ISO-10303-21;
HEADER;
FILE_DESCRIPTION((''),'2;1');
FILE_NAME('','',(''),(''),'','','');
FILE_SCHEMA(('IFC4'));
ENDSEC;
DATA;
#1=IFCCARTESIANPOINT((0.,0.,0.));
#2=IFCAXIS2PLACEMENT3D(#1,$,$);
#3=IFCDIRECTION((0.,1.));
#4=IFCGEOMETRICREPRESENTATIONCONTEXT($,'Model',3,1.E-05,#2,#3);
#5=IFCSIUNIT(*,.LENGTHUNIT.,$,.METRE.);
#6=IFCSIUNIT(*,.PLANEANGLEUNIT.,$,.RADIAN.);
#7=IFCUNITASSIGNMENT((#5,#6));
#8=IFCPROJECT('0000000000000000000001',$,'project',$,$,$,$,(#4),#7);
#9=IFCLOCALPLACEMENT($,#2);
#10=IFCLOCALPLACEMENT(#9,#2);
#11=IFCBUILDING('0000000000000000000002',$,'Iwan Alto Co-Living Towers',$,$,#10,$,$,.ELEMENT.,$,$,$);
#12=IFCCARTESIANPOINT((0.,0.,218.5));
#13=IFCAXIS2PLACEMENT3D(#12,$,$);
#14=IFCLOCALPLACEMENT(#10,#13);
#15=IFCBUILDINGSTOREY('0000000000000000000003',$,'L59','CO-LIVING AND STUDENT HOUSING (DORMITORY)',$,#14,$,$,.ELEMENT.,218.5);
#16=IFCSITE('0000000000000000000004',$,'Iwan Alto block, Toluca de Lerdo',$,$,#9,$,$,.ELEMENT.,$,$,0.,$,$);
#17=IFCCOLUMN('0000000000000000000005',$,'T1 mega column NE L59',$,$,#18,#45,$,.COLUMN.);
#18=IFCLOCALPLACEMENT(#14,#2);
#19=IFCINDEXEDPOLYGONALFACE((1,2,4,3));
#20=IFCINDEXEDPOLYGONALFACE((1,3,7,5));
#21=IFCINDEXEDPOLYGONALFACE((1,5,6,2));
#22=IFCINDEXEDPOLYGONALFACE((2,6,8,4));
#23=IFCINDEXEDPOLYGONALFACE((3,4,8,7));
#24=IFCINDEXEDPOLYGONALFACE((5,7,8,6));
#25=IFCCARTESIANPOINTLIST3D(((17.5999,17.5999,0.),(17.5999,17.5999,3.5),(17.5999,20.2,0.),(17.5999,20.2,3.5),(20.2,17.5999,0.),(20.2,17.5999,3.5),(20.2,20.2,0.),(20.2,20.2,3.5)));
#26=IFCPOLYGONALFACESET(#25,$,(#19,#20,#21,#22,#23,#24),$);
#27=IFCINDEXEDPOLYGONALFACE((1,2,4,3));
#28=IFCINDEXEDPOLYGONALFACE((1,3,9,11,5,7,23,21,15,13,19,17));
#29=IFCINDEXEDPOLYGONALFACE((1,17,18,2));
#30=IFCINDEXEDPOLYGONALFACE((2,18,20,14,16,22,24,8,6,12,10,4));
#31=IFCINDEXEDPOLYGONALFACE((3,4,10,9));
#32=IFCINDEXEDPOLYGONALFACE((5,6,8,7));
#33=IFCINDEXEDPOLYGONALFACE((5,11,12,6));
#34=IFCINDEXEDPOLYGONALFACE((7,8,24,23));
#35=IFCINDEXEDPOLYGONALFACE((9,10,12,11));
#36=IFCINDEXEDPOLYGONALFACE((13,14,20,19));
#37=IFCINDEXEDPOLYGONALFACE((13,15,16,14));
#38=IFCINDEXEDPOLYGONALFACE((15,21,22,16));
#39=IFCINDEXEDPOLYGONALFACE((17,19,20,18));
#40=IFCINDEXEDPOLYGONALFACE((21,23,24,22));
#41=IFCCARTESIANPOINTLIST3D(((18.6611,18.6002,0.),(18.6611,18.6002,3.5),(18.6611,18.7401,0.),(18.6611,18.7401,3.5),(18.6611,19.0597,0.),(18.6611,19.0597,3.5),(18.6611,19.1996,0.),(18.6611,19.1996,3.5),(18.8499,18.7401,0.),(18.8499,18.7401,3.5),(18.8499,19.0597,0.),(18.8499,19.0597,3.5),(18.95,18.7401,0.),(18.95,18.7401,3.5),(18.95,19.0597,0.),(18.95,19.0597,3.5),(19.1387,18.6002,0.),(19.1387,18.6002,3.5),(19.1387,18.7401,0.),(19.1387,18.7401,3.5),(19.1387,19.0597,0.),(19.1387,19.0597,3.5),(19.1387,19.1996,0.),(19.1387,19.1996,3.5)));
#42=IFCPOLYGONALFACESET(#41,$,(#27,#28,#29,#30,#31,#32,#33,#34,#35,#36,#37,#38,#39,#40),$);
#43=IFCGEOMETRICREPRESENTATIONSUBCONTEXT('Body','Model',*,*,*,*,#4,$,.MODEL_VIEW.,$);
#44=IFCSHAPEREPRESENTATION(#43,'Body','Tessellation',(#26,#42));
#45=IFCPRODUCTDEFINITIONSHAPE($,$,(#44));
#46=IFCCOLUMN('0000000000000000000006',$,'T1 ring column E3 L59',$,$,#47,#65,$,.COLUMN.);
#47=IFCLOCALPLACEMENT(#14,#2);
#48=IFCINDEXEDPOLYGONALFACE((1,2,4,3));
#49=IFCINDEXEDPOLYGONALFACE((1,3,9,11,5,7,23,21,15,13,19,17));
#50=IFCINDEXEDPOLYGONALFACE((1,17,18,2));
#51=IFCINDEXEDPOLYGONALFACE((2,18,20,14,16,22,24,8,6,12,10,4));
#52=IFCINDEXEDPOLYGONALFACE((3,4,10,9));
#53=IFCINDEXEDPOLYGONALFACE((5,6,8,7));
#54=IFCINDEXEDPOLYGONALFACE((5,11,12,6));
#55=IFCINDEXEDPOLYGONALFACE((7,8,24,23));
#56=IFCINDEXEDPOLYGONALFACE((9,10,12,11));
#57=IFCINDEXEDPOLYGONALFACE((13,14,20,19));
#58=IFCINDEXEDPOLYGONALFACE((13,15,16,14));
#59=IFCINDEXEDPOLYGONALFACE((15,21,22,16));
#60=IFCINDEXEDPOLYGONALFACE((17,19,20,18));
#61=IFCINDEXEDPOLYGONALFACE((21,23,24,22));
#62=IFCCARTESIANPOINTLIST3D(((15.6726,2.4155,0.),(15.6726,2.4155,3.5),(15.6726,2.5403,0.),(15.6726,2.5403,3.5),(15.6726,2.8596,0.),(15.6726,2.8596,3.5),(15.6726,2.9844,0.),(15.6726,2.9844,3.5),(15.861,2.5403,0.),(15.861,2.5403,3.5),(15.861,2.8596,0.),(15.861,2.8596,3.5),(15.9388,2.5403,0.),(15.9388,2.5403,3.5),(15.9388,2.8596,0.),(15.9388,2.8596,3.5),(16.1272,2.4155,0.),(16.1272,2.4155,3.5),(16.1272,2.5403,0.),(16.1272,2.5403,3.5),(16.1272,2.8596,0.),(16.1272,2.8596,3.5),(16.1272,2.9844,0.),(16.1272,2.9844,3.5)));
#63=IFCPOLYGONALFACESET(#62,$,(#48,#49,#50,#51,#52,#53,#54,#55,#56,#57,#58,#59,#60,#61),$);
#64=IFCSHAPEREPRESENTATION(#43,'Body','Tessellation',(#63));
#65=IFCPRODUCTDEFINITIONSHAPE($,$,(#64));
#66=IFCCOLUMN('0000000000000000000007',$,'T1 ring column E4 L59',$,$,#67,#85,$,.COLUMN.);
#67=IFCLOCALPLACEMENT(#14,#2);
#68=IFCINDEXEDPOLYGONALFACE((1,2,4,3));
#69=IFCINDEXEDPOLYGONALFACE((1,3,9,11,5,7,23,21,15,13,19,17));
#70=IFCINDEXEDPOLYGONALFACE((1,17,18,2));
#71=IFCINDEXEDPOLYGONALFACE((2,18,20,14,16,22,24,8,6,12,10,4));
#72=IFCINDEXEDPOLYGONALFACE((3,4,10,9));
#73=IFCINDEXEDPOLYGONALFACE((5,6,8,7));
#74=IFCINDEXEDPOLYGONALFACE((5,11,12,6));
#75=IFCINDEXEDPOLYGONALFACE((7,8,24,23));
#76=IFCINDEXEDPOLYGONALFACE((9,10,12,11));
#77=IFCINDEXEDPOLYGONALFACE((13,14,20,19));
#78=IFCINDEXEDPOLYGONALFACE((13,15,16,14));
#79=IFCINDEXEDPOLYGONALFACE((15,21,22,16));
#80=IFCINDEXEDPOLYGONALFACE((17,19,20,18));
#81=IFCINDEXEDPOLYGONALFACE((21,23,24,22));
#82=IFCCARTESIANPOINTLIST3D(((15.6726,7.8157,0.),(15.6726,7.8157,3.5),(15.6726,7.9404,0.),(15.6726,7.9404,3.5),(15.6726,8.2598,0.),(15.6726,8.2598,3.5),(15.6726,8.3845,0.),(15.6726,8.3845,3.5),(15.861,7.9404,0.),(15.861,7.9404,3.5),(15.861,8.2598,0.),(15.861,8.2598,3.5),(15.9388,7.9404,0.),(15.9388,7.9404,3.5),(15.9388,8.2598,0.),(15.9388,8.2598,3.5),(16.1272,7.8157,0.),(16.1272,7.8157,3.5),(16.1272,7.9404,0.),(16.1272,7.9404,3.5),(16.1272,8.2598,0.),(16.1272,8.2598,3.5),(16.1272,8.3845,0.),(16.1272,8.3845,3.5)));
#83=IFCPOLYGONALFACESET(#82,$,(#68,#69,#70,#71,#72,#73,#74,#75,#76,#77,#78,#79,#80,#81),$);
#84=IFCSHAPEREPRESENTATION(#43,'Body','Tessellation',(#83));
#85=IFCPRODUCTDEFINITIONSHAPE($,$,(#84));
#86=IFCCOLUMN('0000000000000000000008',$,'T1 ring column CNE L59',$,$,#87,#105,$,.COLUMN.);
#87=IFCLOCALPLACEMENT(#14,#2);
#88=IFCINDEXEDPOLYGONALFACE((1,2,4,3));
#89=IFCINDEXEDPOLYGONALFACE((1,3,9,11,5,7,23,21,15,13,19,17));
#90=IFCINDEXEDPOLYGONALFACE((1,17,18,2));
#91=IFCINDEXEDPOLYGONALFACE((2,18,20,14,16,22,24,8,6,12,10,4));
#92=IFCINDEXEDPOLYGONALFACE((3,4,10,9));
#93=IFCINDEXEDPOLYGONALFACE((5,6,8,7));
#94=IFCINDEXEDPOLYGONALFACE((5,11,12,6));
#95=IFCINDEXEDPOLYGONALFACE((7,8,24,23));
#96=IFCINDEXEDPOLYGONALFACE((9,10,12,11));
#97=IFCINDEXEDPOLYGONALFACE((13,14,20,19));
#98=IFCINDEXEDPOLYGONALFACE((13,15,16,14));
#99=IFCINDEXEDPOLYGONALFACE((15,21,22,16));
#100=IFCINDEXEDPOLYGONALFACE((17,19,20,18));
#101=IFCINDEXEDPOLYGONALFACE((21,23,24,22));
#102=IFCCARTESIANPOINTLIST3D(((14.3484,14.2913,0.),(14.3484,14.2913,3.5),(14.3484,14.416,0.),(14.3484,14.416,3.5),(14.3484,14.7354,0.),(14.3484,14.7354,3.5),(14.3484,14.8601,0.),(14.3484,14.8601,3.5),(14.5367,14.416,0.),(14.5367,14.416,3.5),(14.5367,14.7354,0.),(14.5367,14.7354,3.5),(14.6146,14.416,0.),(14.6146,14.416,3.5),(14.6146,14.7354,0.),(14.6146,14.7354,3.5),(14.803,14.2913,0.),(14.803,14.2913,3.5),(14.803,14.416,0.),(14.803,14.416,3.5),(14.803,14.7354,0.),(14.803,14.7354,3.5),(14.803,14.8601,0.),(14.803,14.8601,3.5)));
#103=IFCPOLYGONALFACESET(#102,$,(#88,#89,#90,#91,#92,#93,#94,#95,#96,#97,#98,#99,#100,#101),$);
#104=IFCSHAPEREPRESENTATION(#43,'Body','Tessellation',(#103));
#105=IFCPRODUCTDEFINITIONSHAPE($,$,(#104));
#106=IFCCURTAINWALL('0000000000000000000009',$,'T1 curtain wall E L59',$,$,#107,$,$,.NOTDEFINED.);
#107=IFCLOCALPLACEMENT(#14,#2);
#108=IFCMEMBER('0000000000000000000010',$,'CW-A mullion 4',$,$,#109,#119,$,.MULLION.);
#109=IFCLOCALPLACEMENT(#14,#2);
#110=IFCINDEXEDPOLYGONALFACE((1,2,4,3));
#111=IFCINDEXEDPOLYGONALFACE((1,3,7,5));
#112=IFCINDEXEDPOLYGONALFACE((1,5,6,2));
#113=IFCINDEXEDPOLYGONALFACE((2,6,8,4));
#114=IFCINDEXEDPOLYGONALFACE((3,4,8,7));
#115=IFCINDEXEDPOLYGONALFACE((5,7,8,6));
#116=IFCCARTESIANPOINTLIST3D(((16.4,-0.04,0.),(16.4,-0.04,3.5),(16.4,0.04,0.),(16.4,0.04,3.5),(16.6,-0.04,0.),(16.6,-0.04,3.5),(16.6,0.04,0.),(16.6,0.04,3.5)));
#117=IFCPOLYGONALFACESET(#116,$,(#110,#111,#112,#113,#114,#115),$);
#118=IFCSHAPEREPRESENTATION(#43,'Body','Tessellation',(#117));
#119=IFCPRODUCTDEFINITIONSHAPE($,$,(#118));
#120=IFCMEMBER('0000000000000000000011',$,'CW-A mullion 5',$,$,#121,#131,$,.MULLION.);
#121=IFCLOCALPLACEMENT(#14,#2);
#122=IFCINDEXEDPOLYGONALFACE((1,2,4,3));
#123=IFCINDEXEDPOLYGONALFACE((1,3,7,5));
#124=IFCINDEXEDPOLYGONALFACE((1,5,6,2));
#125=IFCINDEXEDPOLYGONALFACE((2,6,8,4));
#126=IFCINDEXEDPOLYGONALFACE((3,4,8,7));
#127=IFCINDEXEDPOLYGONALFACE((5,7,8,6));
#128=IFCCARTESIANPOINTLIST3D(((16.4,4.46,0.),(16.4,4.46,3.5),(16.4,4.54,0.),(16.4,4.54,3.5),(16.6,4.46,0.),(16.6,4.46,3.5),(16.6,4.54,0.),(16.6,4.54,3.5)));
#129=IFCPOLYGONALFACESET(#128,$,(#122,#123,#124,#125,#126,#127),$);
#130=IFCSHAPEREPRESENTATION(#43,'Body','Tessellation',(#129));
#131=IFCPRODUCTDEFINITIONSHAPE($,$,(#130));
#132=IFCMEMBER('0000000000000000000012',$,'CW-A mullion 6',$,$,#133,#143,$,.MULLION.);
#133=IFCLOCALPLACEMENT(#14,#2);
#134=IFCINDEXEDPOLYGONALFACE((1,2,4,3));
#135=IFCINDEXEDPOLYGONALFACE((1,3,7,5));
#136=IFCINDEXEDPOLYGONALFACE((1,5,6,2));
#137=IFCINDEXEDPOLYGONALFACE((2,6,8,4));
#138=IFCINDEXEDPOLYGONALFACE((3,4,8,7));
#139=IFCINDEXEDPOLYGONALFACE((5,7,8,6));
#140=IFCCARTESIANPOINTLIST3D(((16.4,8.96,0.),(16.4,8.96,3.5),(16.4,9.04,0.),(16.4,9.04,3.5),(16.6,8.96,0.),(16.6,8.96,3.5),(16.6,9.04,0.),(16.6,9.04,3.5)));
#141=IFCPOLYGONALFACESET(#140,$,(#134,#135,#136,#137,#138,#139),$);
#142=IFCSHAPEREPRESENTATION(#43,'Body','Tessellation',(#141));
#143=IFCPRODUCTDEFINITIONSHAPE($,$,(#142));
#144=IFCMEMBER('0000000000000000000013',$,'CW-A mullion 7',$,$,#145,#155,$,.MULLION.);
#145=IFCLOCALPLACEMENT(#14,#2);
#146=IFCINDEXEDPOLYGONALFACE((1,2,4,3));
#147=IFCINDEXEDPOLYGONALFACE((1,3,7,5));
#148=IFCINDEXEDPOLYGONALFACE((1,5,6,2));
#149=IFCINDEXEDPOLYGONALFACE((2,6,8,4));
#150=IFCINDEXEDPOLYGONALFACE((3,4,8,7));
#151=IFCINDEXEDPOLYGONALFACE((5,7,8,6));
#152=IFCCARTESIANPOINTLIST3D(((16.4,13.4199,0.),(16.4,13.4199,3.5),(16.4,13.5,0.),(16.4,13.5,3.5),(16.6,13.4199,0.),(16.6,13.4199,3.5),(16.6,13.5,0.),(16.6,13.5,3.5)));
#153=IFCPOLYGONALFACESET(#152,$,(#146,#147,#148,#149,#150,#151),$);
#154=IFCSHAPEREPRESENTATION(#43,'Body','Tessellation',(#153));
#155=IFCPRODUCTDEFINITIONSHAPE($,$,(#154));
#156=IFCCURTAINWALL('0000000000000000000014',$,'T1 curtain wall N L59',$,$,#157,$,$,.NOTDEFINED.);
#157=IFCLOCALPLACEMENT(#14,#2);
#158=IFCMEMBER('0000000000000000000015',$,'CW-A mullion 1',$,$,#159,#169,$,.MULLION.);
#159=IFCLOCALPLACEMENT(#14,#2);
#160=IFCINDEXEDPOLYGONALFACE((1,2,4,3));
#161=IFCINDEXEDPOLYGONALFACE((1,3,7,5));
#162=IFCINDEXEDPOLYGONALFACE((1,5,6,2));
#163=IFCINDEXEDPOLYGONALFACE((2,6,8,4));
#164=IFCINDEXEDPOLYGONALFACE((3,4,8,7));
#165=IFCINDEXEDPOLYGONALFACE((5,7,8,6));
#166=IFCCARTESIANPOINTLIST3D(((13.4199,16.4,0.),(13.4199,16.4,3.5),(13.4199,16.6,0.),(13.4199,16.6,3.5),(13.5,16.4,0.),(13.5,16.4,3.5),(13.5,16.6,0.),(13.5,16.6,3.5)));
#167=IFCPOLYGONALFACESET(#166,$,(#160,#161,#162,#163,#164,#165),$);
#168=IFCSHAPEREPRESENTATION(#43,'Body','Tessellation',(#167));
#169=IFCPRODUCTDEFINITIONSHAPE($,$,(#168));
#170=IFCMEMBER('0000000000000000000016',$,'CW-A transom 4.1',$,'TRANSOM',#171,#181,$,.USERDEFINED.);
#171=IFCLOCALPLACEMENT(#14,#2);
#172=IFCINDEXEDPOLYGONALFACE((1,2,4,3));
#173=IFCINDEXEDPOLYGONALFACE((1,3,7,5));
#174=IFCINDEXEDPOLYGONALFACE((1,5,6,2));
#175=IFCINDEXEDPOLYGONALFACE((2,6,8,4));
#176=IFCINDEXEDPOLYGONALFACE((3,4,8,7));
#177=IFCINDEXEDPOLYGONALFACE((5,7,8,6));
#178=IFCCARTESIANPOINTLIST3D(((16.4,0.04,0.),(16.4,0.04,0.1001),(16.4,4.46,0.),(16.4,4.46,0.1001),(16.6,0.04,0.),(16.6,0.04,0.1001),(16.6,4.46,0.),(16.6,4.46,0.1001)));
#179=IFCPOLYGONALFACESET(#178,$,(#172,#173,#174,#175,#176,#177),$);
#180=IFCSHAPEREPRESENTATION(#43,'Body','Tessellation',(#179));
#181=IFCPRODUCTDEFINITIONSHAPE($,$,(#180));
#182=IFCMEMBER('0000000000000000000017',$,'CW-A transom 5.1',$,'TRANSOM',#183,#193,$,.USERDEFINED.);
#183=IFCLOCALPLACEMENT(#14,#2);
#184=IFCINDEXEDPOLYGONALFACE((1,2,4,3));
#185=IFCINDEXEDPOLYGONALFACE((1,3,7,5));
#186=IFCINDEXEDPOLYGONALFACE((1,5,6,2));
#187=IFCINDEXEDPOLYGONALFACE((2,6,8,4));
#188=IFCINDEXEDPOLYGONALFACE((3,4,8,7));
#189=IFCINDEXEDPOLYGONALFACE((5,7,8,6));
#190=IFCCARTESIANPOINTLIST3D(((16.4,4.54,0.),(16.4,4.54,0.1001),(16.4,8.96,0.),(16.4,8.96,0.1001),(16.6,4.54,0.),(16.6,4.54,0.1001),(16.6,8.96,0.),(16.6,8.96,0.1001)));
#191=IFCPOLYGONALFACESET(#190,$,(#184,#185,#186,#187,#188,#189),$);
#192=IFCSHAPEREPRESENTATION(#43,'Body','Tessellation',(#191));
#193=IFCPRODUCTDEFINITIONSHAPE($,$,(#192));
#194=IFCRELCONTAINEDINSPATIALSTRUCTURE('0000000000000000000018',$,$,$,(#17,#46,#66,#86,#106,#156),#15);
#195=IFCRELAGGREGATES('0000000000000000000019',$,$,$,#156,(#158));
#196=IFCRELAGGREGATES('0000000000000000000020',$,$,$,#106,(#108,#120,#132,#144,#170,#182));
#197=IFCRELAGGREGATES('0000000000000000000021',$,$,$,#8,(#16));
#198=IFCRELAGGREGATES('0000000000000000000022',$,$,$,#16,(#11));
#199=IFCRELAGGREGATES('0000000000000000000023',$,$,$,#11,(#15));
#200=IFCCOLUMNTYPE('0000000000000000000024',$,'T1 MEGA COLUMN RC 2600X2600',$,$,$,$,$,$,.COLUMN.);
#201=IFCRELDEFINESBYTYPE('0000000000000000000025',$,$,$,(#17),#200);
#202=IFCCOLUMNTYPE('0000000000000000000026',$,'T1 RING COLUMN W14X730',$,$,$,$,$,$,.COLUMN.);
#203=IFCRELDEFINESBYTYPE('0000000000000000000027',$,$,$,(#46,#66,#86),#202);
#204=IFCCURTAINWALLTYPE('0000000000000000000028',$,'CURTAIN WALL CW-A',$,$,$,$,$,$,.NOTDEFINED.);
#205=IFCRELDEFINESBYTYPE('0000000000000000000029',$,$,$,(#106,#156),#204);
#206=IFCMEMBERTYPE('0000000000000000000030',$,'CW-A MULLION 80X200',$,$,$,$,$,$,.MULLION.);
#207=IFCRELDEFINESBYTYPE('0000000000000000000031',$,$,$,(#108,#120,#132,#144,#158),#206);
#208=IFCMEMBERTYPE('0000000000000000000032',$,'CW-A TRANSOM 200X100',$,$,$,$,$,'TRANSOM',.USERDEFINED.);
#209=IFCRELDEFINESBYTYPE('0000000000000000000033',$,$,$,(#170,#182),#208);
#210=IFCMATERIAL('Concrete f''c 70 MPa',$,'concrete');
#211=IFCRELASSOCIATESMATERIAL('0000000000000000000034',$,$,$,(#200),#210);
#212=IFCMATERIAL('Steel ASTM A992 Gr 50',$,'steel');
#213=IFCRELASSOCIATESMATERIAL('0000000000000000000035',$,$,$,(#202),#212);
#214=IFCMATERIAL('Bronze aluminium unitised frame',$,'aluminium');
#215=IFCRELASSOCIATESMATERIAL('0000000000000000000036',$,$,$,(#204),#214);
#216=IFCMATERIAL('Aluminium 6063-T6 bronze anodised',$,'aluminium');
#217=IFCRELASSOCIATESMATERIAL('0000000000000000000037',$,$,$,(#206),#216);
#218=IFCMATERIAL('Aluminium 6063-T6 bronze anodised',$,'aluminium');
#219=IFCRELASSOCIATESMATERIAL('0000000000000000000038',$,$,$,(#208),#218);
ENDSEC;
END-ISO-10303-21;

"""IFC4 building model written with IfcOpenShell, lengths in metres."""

from ifc_helpers import new_model, si_unit, direction, frame, origin, origin_2d, place, context, subcontext, project, spatial, rectangle, i_section, extrude, material, material_profile, profile_set, type_object, element, aggregate, save


model = new_model("IFC4")

# Units and contexts
model_context = context("Model", 3, precision=1e-05, world=origin(), true_north=direction((0.0, 1.0)))
body_context = subcontext(model_context, "Body", "Model", "MODEL_VIEW")
ifc_project = project(units=[si_unit("LENGTHUNIT", "METRE"), si_unit("PLANEANGLEUNIT", "RADIAN")], contexts=[model_context])

# Site, building, storey
site_placement = place(None, origin())
site = spatial("IfcSite", under=ifc_project, at=site_placement, Name="Iwan Alto block, Toluca de Lerdo", CompositionType="ELEMENT", RefElevation=0.0)
building_placement = place(site_placement, origin())
building = spatial("IfcBuilding", under=site, at=building_placement, Name="Iwan Alto Co-Living Towers", CompositionType="ELEMENT")
storey_placement = place(building_placement, frame((0.0, 0.0, 218.5)))
storey = spatial("IfcBuildingStorey", under=building, at=storey_placement, Name="L59", Description="CO-LIVING AND STUDENT HOUSING (DORMITORY)", CompositionType="ELEMENT", Elevation=218.5)

# Columns
ifc_material_1 = material(Name="Concrete f'c 70 MPa", Category="concrete")
ifc_material_profile_1 = material_profile(ifc_material_1, rectangle(XDim=2.6001, YDim=2.6001, at=origin_2d()), Name="RC 2600X2600")
ifc_profile_set_1 = profile_set([ifc_material_profile_1], Name="Concrete f'c 70 MPa")
column_type_1 = type_object("IfcColumnType", Name="T1 MEGA COLUMN RC 2600X2600", PredefinedType="COLUMN", material=ifc_profile_set_1)
column_placement = place(storey_placement, frame((18.8999, 18.8999, 0.0), z_axis=(0.0, 0.0, 1.0), x_axis=(1.0, 0.0, 0.0)))
element("IfcColumn", 1, at=column_placement, inside=storey, type_object=column_type_1, Name="T1 mega column NE L59", PredefinedType="COLUMN", context=body_context, shape_type="SweptSolid", body=[
    extrude(rectangle(XDim=2.6001, YDim=2.6001, at=origin_2d()), origin(), (0.0, 0.0, 1.0), 3.5),
    extrude(i_section(OverallWidth=0.4775, OverallDepth=0.5994, WebThickness=0.1001, FlangeThickness=0.1399, at=origin_2d()), origin(), (0.0, 0.0, 1.0), 3.5),
])
ifc_material_2 = material(Name="Steel ASTM A992 Gr 50", Category="steel")
ifc_material_profile_2 = material_profile(ifc_material_2, i_section(OverallWidth=0.4546, OverallDepth=0.5688, WebThickness=0.0779, FlangeThickness=0.1248, at=origin_2d()), Name="W14X730")
ifc_profile_set_2 = profile_set([ifc_material_profile_2], Name="Steel ASTM A992 Gr 50")
column_type_2 = type_object("IfcColumnType", Name="T1 RING COLUMN W14X730", PredefinedType="COLUMN", material=ifc_profile_set_2)
for number, where, z_axis, x_axis, name in (
    (2, (15.8999, 2.7, 0.0), (0.0, 0.0, 1.0), (1.0, 0.0, 0.0), "T1 ring column E3 L59"),
    (3, (15.8999, 8.1001, 0.0), (0.0, 0.0, 1.0), (1.0, 0.0, 0.0), "T1 ring column E4 L59"),
    (4, (14.5757, 14.5757, 0.0), (0.0, 0.0, 1.0), (1.0, 0.0, 0.0), "T1 ring column CNE L59"),
):
    element("IfcColumn", number, at=place(storey_placement, frame(where, z_axis=z_axis, x_axis=x_axis)), inside=storey, type_object=column_type_2, Name=name, PredefinedType="COLUMN", context=body_context, shape_type="SweptSolid", body=[
        extrude(i_section(OverallWidth=0.4546, OverallDepth=0.5688, WebThickness=0.0779, FlangeThickness=0.1248, at=origin_2d()), origin(), (0.0, 0.0, 1.0), 3.5),
    ])

# Curtain wall, members
ifc_material_3 = material(Name="Bronze aluminium unitised frame", Category="aluminium")
curtain_wall_type_1 = type_object("IfcCurtainWallType", Name="CURTAIN WALL CW-A", PredefinedType="NOTDEFINED", material=ifc_material_3)
curtain_wall_1_placement = place(storey_placement, origin())
curtain_wall_1 = element("IfcCurtainWall", 5, at=curtain_wall_1_placement, inside=storey, type_object=curtain_wall_type_1, Name="T1 curtain wall E L59", PredefinedType="NOTDEFINED")
ifc_material_4 = material(Name="Aluminium 6063-T6 bronze anodised", Category="aluminium")
ifc_material_profile_3 = material_profile(ifc_material_4, rectangle(XDim=0.2, YDim=0.0801, at=origin_2d()), Name="AL 80X200")
ifc_profile_set_3 = profile_set([ifc_material_profile_3], Name="Aluminium 6063-T6 bronze anodised")
member_type_1 = type_object("IfcMemberType", Name="CW-A MULLION 80X200", PredefinedType="MULLION", material=ifc_profile_set_3)
member_1_placement = place(storey_placement, frame((16.5, 0.0, 0.0), z_axis=(0.0, 0.0, 1.0), x_axis=(-1.0, 0.0, 0.0)))
member_1 = element("IfcMember", 6, at=member_1_placement, type_object=member_type_1, Name="CW-A mullion 4", PredefinedType="MULLION", context=body_context, shape_type="SweptSolid", body=[
    extrude(rectangle(XDim=0.2, YDim=0.0801, at=origin_2d()), origin(), (0.0, 0.0, 1.0), 3.5),
])
member_2_placement = place(storey_placement, frame((16.5, 4.5, 0.0), z_axis=(0.0, 0.0, 1.0), x_axis=(-1.0, 0.0, 0.0)))
member_2 = element("IfcMember", 7, at=member_2_placement, type_object=member_type_1, Name="CW-A mullion 5", PredefinedType="MULLION", context=body_context, shape_type="SweptSolid", body=[
    extrude(rectangle(XDim=0.2, YDim=0.0801, at=origin_2d()), origin(), (0.0, 0.0, 1.0), 3.5),
])
member_3_placement = place(storey_placement, frame((16.5, 9.0, 0.0), z_axis=(0.0, 0.0, 1.0), x_axis=(-1.0, 0.0, 0.0)))
member_3 = element("IfcMember", 8, at=member_3_placement, type_object=member_type_1, Name="CW-A mullion 6", PredefinedType="MULLION", context=body_context, shape_type="SweptSolid", body=[
    extrude(rectangle(XDim=0.2, YDim=0.0801, at=origin_2d()), origin(), (0.0, 0.0, 1.0), 3.5),
])
member_4_placement = place(storey_placement, frame((16.5, 13.46, 0.0), z_axis=(0.0, 0.0, 1.0), x_axis=(-1.0, 0.0, 0.0)))
member_4 = element("IfcMember", 9, at=member_4_placement, type_object=member_type_1, Name="CW-A mullion 7", PredefinedType="MULLION", context=body_context, shape_type="SweptSolid", body=[
    extrude(rectangle(XDim=0.2, YDim=0.0801, at=origin_2d()), origin(), (0.0, 0.0, 1.0), 3.5),
])

# Curtain wall, member
curtain_wall_2_placement = place(storey_placement, origin())
curtain_wall_2 = element("IfcCurtainWall", 10, at=curtain_wall_2_placement, inside=storey, type_object=curtain_wall_type_1, Name="T1 curtain wall N L59", PredefinedType="NOTDEFINED")
member_5_placement = place(storey_placement, frame((13.46, 16.5, 0.0), z_axis=(0.0, 0.0, 1.0), x_axis=(0.0, -1.0, 0.0)))
member_5 = element("IfcMember", 11, at=member_5_placement, type_object=member_type_1, Name="CW-A mullion 1", PredefinedType="MULLION", context=body_context, shape_type="SweptSolid", body=[
    extrude(rectangle(XDim=0.2, YDim=0.0801, at=origin_2d()), origin(), (0.0, 0.0, 1.0), 3.5),
])

# Members
ifc_material_5 = material(Name="Aluminium 6063-T6 bronze anodised", Category="aluminium")
ifc_material_profile_4 = material_profile(ifc_material_5, rectangle(XDim=0.2, YDim=0.1001, at=origin_2d()), Name="AL 200X100")
ifc_profile_set_4 = profile_set([ifc_material_profile_4], Name="Aluminium 6063-T6 bronze anodised")
member_type_2 = type_object("IfcMemberType", Name="CW-A TRANSOM 200X100", ElementType="TRANSOM", PredefinedType="USERDEFINED", material=ifc_profile_set_4)
member_6_placement = place(storey_placement, frame((16.5, 0.04, 0.05), z_axis=(0.0, 1.0, 0.0), x_axis=(-1.0, 0.0, 0.0)))
member_6 = element("IfcMember", 12, at=member_6_placement, type_object=member_type_2, Name="CW-A transom 4.1", ObjectType="TRANSOM", PredefinedType="USERDEFINED", context=body_context, shape_type="SweptSolid", body=[
    extrude(rectangle(XDim=0.2, YDim=0.1001, at=origin_2d()), origin(), (0.0, 0.0, 1.0), 4.4199),
])
member_7_placement = place(storey_placement, frame((16.5, 4.54, 0.05), z_axis=(0.0, 1.0, 0.0), x_axis=(-1.0, 0.0, 0.0)))
member_7 = element("IfcMember", 13, at=member_7_placement, type_object=member_type_2, Name="CW-A transom 5.1", ObjectType="TRANSOM", PredefinedType="USERDEFINED", context=body_context, shape_type="SweptSolid", body=[
    extrude(rectangle(XDim=0.2, YDim=0.1001, at=origin_2d()), origin(), (0.0, 0.0, 1.0), 4.4199),
])
aggregate(curtain_wall_2, [member_5])

aggregate(curtain_wall_1, [member_1, member_2, member_3, member_4, member_6, member_7])

save(model, "model.ifc")
